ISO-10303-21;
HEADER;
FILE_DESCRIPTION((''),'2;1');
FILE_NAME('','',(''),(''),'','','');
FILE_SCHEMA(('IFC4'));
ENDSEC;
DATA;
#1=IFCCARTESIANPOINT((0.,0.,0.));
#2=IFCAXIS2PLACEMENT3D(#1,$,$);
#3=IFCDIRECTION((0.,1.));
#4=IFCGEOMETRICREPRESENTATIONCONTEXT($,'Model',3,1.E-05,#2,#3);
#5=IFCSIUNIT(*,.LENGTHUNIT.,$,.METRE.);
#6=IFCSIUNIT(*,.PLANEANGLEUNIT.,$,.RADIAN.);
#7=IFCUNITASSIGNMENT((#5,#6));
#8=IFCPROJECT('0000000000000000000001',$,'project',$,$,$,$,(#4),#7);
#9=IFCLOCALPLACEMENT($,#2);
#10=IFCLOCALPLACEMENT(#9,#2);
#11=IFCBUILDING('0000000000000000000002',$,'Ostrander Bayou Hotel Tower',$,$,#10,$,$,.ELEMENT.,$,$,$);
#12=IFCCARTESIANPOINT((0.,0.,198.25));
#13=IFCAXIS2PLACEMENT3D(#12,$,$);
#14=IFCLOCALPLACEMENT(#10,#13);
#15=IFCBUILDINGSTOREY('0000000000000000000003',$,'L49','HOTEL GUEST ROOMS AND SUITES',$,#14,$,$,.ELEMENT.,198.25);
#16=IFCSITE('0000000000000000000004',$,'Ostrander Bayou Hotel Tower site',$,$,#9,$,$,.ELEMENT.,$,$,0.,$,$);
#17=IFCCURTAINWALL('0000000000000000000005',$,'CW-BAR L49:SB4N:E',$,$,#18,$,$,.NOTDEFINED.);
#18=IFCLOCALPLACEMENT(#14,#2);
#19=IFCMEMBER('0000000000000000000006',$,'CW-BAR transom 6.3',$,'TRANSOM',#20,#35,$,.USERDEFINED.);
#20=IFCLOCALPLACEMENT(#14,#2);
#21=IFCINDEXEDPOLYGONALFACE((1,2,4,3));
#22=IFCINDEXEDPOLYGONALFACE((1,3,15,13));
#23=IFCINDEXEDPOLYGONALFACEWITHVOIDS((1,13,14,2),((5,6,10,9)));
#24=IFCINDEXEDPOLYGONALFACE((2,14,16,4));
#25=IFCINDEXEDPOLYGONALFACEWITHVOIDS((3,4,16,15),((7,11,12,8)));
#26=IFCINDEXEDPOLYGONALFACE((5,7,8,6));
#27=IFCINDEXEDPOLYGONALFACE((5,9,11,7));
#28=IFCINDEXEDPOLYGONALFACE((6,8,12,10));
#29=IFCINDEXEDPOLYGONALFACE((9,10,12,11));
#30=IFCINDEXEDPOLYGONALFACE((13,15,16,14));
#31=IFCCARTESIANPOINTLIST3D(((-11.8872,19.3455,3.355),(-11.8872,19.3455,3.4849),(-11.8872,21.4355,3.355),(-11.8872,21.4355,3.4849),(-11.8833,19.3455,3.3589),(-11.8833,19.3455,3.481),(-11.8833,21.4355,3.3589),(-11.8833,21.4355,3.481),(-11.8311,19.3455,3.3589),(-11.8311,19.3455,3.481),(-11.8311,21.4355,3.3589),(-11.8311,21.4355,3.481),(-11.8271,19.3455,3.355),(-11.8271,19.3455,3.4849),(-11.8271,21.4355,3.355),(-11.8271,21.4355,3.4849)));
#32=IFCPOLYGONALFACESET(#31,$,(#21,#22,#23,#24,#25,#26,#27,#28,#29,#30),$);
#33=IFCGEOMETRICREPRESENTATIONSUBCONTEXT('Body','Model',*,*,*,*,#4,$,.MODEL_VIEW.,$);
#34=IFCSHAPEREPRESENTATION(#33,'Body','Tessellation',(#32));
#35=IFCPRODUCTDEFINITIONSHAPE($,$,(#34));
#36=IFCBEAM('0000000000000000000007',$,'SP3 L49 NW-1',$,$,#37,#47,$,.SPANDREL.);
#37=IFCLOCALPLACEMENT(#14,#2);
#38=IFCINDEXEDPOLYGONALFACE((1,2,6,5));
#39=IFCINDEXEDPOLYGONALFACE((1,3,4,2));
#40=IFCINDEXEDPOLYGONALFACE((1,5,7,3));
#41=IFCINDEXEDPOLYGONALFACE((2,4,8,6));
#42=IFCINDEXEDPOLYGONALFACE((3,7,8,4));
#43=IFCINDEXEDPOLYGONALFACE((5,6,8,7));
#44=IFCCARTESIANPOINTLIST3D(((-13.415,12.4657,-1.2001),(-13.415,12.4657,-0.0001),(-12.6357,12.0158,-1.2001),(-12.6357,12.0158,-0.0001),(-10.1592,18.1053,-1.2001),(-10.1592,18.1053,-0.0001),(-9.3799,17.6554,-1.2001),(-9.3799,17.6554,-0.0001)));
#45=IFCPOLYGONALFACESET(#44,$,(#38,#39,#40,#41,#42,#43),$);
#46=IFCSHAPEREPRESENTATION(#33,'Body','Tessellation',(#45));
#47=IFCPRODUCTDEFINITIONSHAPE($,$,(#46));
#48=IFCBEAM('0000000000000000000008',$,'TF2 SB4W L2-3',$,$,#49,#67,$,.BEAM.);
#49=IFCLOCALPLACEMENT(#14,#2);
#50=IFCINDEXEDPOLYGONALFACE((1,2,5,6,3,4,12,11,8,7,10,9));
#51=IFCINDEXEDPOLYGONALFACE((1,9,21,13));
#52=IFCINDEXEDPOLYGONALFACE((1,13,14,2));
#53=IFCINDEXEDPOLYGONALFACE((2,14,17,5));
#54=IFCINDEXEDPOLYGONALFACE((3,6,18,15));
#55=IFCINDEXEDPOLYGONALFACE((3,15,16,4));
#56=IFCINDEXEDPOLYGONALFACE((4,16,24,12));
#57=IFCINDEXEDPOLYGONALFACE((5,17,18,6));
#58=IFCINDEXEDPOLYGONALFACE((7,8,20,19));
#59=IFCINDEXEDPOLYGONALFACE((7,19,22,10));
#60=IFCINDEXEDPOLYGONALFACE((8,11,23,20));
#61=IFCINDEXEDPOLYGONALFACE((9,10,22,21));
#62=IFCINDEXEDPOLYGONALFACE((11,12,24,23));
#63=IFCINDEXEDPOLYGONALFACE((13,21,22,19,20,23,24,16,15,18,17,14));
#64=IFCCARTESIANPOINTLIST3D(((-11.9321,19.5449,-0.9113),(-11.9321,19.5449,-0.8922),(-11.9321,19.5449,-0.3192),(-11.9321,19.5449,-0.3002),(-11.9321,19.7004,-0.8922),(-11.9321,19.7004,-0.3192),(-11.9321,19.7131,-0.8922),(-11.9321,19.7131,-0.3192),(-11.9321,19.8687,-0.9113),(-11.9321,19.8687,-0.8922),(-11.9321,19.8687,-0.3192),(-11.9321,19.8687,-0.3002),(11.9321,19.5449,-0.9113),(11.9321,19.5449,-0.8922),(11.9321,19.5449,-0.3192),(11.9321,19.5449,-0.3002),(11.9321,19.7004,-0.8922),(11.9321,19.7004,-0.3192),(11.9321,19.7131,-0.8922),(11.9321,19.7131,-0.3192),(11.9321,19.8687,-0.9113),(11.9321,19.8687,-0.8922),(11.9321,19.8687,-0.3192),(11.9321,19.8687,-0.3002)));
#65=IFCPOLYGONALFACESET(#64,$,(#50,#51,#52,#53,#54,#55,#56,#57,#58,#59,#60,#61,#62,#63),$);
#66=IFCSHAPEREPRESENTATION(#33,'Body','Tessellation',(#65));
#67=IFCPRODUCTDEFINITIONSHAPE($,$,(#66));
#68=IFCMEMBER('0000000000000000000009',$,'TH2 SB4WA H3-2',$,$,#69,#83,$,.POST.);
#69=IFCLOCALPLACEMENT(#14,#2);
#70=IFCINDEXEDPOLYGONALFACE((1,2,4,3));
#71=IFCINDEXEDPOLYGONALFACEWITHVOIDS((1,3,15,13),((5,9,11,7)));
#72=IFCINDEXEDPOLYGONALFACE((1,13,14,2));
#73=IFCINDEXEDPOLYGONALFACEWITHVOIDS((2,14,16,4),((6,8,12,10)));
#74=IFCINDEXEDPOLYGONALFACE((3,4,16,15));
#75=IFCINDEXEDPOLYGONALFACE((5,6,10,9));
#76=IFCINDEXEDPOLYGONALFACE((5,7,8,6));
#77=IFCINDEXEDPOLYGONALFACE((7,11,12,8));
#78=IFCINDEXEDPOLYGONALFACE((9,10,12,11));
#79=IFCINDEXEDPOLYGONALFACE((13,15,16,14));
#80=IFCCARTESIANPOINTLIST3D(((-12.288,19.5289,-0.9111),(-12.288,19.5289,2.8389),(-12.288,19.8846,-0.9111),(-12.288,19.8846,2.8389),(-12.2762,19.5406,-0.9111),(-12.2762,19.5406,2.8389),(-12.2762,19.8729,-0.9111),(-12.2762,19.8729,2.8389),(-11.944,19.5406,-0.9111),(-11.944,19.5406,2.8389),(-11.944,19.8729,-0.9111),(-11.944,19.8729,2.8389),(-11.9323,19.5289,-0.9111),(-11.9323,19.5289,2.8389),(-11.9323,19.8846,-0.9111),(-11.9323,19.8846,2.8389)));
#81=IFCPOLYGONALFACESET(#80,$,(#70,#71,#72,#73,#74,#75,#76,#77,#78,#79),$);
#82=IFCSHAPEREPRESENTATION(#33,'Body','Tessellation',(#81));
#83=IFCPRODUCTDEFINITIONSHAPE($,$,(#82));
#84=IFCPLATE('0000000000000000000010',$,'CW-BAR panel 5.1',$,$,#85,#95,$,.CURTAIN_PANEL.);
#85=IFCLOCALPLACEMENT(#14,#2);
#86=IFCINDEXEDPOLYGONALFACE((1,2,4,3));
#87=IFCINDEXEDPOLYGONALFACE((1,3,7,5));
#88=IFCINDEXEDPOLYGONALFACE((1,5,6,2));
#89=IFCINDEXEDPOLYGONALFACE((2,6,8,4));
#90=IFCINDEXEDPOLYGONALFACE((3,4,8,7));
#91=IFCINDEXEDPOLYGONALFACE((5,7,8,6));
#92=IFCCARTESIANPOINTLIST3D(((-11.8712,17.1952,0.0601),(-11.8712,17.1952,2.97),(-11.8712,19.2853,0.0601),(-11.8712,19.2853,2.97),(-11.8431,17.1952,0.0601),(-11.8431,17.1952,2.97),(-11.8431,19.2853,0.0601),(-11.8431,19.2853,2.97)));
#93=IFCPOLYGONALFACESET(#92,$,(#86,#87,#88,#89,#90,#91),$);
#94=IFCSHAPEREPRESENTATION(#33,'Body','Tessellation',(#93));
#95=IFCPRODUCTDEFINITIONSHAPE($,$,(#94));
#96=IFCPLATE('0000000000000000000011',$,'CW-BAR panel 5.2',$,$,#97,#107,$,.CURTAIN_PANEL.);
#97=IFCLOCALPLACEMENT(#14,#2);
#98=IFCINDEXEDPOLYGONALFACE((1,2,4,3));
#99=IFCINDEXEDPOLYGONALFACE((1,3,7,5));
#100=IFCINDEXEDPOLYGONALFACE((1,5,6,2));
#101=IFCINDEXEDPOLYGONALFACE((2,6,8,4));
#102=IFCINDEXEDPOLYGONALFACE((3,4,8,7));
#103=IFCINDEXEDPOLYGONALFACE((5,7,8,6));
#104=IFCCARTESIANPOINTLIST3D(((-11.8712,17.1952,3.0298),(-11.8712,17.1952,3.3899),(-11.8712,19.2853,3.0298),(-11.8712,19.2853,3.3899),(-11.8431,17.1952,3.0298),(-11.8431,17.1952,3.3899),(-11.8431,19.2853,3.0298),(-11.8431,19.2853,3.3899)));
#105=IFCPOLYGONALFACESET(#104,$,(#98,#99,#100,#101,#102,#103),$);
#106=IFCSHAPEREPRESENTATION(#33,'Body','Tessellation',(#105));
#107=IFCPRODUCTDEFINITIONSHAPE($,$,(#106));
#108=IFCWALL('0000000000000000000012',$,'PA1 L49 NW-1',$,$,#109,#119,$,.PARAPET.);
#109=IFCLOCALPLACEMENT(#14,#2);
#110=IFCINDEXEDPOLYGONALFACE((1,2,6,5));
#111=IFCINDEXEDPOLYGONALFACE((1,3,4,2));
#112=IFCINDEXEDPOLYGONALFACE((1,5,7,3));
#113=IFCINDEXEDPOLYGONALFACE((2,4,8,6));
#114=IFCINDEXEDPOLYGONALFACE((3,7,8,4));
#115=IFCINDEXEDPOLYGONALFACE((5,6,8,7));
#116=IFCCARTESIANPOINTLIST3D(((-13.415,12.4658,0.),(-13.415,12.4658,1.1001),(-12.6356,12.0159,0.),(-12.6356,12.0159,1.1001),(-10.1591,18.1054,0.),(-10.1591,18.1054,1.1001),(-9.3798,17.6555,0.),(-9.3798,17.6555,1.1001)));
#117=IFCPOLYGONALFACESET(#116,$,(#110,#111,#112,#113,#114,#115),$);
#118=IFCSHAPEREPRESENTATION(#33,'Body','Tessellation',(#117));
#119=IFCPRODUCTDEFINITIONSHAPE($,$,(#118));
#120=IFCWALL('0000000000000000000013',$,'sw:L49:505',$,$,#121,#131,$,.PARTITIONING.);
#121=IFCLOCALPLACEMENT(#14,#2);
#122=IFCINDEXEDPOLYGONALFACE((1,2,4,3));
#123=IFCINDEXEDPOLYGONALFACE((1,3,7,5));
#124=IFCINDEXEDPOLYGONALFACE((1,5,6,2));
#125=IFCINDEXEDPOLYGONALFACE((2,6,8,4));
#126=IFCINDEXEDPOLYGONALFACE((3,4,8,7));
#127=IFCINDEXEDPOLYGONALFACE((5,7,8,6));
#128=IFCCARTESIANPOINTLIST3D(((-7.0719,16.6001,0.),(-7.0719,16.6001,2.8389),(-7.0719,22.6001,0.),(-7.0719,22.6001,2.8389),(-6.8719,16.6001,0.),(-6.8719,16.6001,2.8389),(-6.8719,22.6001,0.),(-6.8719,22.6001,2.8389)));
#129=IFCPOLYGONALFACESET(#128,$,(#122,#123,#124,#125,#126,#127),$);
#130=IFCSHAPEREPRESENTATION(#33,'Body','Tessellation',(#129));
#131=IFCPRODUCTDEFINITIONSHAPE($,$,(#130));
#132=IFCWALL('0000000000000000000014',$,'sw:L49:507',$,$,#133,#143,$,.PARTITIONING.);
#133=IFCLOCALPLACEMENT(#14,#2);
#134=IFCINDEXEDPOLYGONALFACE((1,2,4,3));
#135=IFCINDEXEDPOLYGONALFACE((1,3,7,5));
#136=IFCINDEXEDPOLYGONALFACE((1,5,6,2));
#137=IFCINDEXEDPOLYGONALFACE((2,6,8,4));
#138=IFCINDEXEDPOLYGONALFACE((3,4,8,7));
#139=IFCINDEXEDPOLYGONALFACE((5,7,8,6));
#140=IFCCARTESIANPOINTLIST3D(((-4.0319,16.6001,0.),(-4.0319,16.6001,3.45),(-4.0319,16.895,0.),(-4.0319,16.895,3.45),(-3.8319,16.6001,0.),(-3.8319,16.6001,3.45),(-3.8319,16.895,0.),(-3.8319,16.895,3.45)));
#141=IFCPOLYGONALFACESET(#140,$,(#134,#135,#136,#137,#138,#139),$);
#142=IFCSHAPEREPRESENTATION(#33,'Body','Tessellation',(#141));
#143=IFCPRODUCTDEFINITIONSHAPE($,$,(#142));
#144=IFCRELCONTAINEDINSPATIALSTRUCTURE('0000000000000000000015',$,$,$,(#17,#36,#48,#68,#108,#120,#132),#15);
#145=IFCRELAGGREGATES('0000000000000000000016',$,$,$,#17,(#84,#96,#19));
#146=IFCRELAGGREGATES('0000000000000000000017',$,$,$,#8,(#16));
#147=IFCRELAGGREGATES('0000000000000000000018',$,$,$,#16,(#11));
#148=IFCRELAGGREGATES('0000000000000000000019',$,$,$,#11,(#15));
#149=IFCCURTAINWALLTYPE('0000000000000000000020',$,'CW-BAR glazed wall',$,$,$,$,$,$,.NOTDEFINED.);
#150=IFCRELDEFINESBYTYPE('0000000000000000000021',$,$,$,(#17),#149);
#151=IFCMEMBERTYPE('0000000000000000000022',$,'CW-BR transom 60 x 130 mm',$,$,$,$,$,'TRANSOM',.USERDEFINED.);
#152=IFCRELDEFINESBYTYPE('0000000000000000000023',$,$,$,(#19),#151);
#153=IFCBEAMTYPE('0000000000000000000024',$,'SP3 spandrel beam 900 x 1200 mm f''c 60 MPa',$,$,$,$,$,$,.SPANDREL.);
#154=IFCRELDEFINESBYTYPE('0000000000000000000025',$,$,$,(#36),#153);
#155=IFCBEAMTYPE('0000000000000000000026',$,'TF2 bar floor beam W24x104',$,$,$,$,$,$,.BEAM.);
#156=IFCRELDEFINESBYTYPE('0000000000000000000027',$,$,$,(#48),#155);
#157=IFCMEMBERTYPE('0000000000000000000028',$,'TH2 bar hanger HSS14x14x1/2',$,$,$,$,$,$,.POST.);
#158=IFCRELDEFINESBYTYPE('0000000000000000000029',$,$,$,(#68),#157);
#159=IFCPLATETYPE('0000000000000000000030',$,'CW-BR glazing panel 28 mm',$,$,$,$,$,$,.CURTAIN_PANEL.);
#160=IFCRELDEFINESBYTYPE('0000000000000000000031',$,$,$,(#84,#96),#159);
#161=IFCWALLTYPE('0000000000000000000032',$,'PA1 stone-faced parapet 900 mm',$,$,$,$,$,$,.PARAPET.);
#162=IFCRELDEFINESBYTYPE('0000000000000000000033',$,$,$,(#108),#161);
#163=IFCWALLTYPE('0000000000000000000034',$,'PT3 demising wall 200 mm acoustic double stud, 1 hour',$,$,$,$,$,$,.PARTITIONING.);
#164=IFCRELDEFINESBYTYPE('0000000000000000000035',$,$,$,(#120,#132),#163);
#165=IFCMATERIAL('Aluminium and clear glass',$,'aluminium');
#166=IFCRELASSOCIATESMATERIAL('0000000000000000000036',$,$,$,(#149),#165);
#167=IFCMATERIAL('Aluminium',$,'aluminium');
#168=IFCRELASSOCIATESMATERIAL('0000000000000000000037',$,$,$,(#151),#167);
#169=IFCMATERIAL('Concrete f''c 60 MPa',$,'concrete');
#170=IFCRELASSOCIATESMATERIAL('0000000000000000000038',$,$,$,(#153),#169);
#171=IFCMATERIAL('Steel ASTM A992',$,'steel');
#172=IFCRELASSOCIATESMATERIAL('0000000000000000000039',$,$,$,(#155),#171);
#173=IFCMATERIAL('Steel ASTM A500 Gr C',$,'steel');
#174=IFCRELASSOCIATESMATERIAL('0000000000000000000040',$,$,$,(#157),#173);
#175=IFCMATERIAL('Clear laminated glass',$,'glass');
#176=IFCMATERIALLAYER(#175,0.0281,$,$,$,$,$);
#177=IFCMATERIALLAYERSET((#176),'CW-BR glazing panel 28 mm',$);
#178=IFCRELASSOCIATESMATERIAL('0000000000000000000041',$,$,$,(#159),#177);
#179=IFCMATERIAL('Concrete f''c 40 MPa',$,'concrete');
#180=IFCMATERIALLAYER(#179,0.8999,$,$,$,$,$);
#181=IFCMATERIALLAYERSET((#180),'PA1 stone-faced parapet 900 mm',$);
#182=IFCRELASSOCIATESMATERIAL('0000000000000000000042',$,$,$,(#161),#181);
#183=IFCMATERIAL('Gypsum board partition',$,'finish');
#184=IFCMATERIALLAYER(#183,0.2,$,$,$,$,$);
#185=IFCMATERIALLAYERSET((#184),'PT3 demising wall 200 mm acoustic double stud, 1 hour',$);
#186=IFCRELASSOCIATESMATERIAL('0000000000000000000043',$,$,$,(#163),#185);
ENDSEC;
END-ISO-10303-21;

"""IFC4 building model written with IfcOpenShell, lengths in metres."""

from ifc_helpers import new_model, si_unit, direction, frame, frame_2d, origin, origin_2d, place, context, subcontext, project, spatial, rectangle, hollow_rectangle, i_section, extrude, material, layer, layer_set, material_profile, profile_set, type_object, element, aggregate, save


model = new_model("IFC4")

# Units and contexts
model_context = context("Model", 3, precision=1e-05, world=origin(), true_north=direction((0.0, 1.0)))
body_context = subcontext(model_context, "Body", "Model", "MODEL_VIEW")
ifc_project = project(units=[si_unit("LENGTHUNIT", "METRE"), si_unit("PLANEANGLEUNIT", "RADIAN")], contexts=[model_context])

# Site, building, storey
site_placement = place(None, origin())
site = spatial("IfcSite", under=ifc_project, at=site_placement, Name="Ostrander Bayou Hotel Tower site", CompositionType="ELEMENT", RefElevation=0.0)
building_placement = place(site_placement, origin())
building = spatial("IfcBuilding", under=site, at=building_placement, Name="Ostrander Bayou Hotel Tower", CompositionType="ELEMENT")
storey_placement = place(building_placement, frame((0.0, 0.0, 198.25)))
storey = spatial("IfcBuildingStorey", under=building, at=storey_placement, Name="L49", Description="HOTEL GUEST ROOMS AND SUITES", CompositionType="ELEMENT", Elevation=198.25)

# Curtain wall, member
ifc_material_1 = material(Name="Aluminium and clear glass", Category="aluminium")
curtain_wall_type = type_object("IfcCurtainWallType", Name="CW-BAR glazed wall", PredefinedType="NOTDEFINED", material=ifc_material_1)
curtain_wall_placement = place(storey_placement, origin())
curtain_wall = element("IfcCurtainWall", 1, at=curtain_wall_placement, inside=storey, type_object=curtain_wall_type, Name="CW-BAR L49:SB4N:E", PredefinedType="NOTDEFINED")
ifc_material_2 = material(Name="Aluminium", Category="aluminium")
ifc_material_profile_1 = material_profile(ifc_material_2, hollow_rectangle(XDim=0.0601, YDim=0.1299, WallThickness=0.0039, at=origin_2d()))
ifc_profile_set_1 = profile_set([ifc_material_profile_1], Name="Aluminium")
member_type_1 = type_object("IfcMemberType", Name="CW-BR transom 60 x 130 mm", ElementType="TRANSOM", PredefinedType="USERDEFINED", material=ifc_profile_set_1)
member_1_placement = place(storey_placement, frame((-11.8572, 19.3455, 3.4199), z_axis=(0.0, 1.0, 0.0), x_axis=(-1.0, 0.0, 0.0)))
member_1 = element("IfcMember", 2, at=member_1_placement, type_object=member_type_1, Name="CW-BAR transom 6.3", ObjectType="TRANSOM", PredefinedType="USERDEFINED", context=body_context, shape_type="SweptSolid", body=[
    extrude(hollow_rectangle(XDim=0.0601, YDim=0.1299, WallThickness=0.0039, at=origin_2d()), origin(), (0.0, 0.0, 1.0), 2.0901),
])

# Beams
ifc_material_3 = material(Name="Concrete f'c 60 MPa", Category="concrete")
ifc_material_profile_2 = material_profile(ifc_material_3, rectangle(XDim=0.8999, YDim=1.2, at=origin_2d()))
ifc_profile_set_2 = profile_set([ifc_material_profile_2], Name="Concrete f'c 60 MPa")
beam_type_1 = type_object("IfcBeamType", Name="SP3 spandrel beam 900 x 1200 mm f'c 60 MPa", PredefinedType="SPANDREL", material=ifc_profile_set_2)
beam_1_placement = place(storey_placement, frame((-9.7695, 17.8804, -0.6001), z_axis=(-0.499978, -0.866038, 0.0), x_axis=(0.866038, -0.499978, 0.0)))
element("IfcBeam", 3, at=beam_1_placement, inside=storey, type_object=beam_type_1, Name="SP3 L49 NW-1", PredefinedType="SPANDREL", context=body_context, shape_type="SweptSolid", body=[
    extrude(rectangle(XDim=0.8999, YDim=1.2, at=origin_2d()), origin(), (0.0, 0.0, 1.0), 6.512),
])
ifc_material_4 = material(Name="Steel ASTM A992", Category="steel")
ifc_material_profile_3 = material_profile(ifc_material_4, i_section(OverallWidth=0.3237, OverallDepth=0.6111, WebThickness=0.0127, FlangeThickness=0.019, at=origin_2d()))
ifc_profile_set_3 = profile_set([ifc_material_profile_3], Name="Steel ASTM A992")
beam_type_2 = type_object("IfcBeamType", Name="TF2 bar floor beam W24x104", PredefinedType="BEAM", material=ifc_profile_set_3)
beam_2_placement = place(storey_placement, frame((-11.9321, 19.7068, -0.6057), z_axis=(1.0, 0.0, 0.0), x_axis=(0.0, 1.0, 0.0)))
element("IfcBeam", 4, at=beam_2_placement, inside=storey, type_object=beam_type_2, Name="TF2 SB4W L2-3", PredefinedType="BEAM", context=body_context, shape_type="SweptSolid", body=[
    extrude(i_section(OverallWidth=0.3237, OverallDepth=0.6111, WebThickness=0.0127, FlangeThickness=0.019, at=origin_2d()), origin(), (0.0, 0.0, 1.0), 23.8643),
])

# Member
ifc_material_5 = material(Name="Steel ASTM A500 Gr C", Category="steel")
ifc_material_profile_4 = material_profile(ifc_material_5, hollow_rectangle(XDim=0.3557, YDim=0.3557, WallThickness=0.0117, at=origin_2d()))
ifc_profile_set_4 = profile_set([ifc_material_profile_4], Name="Steel ASTM A500 Gr C")
member_type_2 = type_object("IfcMemberType", Name="TH2 bar hanger HSS14x14x1/2", PredefinedType="POST", material=ifc_profile_set_4)
member_2_placement = place(storey_placement, frame((-12.1101, 19.7068, -0.9111), z_axis=(0.0, 0.0, 1.0), x_axis=(1.0, 0.0, 0.0)))
element("IfcMember", 5, at=member_2_placement, inside=storey, type_object=member_type_2, Name="TH2 SB4WA H3-2", PredefinedType="POST", context=body_context, shape_type="SweptSolid", body=[
    extrude(hollow_rectangle(XDim=0.3557, YDim=0.3557, WallThickness=0.0117, at=origin_2d()), origin(), (0.0, 0.0, 1.0), 3.75),
])

# Plates
ifc_material_6 = material(Name="Clear laminated glass", Category="glass")
ifc_layer_1 = layer(ifc_material_6, 0.0281)
ifc_layer_set_1 = layer_set([ifc_layer_1], Name="CW-BR glazing panel 28 mm")
plate_type = type_object("IfcPlateType", Name="CW-BR glazing panel 28 mm", PredefinedType="CURTAIN_PANEL", material=ifc_layer_set_1)
plate_1_placement = place(storey_placement, frame((-11.8572, 18.2402, 0.0601), z_axis=(0.0, 0.0, 1.0), x_axis=(0.0, 1.0, 0.0)))
plate_1 = element("IfcPlate", 6, at=plate_1_placement, type_object=plate_type, Name="CW-BAR panel 5.1", PredefinedType="CURTAIN_PANEL", context=body_context, shape_type="SweptSolid", body=[
    extrude(rectangle(XDim=2.0901, YDim=0.0281, at=origin_2d()), origin(), (0.0, 0.0, 1.0), 2.9099),
])
plate_2_placement = place(storey_placement, frame((-11.8572, 18.2402, 3.0298), z_axis=(0.0, 0.0, 1.0), x_axis=(0.0, 1.0, 0.0)))
plate_2 = element("IfcPlate", 7, at=plate_2_placement, type_object=plate_type, Name="CW-BAR panel 5.2", PredefinedType="CURTAIN_PANEL", context=body_context, shape_type="SweptSolid", body=[
    extrude(rectangle(XDim=2.0901, YDim=0.0281, at=origin_2d()), origin(), (0.0, 0.0, 1.0), 0.3601),
])
aggregate(curtain_wall, [plate_1, plate_2, member_1])

# Walls
ifc_material_7 = material(Name="Concrete f'c 40 MPa", Category="concrete")
ifc_layer_2 = layer(ifc_material_7, 0.8999)
ifc_layer_set_2 = layer_set([ifc_layer_2], Name="PA1 stone-faced parapet 900 mm")
wall_type_1 = type_object("IfcWallType", Name="PA1 stone-faced parapet 900 mm", PredefinedType="PARAPET", material=ifc_layer_set_2)
wall_1_placement = place(storey_placement, frame((-9.7695, 17.8804, 0.0), z_axis=(0.0, 0.0, 1.0), x_axis=(-0.499978, -0.866038, 0.0)))
element("IfcWall", 8, at=wall_1_placement, inside=storey, type_object=wall_type_1, Name="PA1 L49 NW-1", PredefinedType="PARAPET", context=body_context, shape_type="SweptSolid", body=[
    extrude(rectangle(XDim=6.512, YDim=0.8999, at=frame_2d((3.2559, 0.0))), origin(), (0.0, 0.0, 1.0), 1.1001),
])
ifc_material_8 = material(Name="Gypsum board partition", Category="finish")
ifc_layer_3 = layer(ifc_material_8, 0.2)
ifc_layer_set_3 = layer_set([ifc_layer_3], Name="PT3 demising wall 200 mm acoustic double stud, 1 hour")
wall_type_2 = type_object("IfcWallType", Name="PT3 demising wall 200 mm acoustic double stud, 1 hour", PredefinedType="PARTITIONING", material=ifc_layer_set_3)
wall_2_placement = place(storey_placement, frame((-6.9719, 16.6001, 0.0), z_axis=(0.0, 0.0, 1.0), x_axis=(0.0, 1.0, 0.0)))
element("IfcWall", 9, at=wall_2_placement, inside=storey, type_object=wall_type_2, Name="sw:L49:505", PredefinedType="PARTITIONING", context=body_context, shape_type="SweptSolid", body=[
    extrude(rectangle(XDim=6.0, YDim=0.2, at=frame_2d((3.0, 0.0))), origin(), (0.0, 0.0, 1.0), 2.8389),
])
wall_3_placement = place(storey_placement, frame((-3.9319, 16.6001, 0.0), z_axis=(0.0, 0.0, 1.0), x_axis=(0.0, 1.0, 0.0)))
element("IfcWall", 10, at=wall_3_placement, inside=storey, type_object=wall_type_2, Name="sw:L49:507", PredefinedType="PARTITIONING", context=body_context, shape_type="SweptSolid", body=[
    extrude(rectangle(XDim=0.2949, YDim=0.2, at=frame_2d((0.1475, 0.0))), origin(), (0.0, 0.0, 1.0), 3.45),
])

save(model, "model.ifc")
